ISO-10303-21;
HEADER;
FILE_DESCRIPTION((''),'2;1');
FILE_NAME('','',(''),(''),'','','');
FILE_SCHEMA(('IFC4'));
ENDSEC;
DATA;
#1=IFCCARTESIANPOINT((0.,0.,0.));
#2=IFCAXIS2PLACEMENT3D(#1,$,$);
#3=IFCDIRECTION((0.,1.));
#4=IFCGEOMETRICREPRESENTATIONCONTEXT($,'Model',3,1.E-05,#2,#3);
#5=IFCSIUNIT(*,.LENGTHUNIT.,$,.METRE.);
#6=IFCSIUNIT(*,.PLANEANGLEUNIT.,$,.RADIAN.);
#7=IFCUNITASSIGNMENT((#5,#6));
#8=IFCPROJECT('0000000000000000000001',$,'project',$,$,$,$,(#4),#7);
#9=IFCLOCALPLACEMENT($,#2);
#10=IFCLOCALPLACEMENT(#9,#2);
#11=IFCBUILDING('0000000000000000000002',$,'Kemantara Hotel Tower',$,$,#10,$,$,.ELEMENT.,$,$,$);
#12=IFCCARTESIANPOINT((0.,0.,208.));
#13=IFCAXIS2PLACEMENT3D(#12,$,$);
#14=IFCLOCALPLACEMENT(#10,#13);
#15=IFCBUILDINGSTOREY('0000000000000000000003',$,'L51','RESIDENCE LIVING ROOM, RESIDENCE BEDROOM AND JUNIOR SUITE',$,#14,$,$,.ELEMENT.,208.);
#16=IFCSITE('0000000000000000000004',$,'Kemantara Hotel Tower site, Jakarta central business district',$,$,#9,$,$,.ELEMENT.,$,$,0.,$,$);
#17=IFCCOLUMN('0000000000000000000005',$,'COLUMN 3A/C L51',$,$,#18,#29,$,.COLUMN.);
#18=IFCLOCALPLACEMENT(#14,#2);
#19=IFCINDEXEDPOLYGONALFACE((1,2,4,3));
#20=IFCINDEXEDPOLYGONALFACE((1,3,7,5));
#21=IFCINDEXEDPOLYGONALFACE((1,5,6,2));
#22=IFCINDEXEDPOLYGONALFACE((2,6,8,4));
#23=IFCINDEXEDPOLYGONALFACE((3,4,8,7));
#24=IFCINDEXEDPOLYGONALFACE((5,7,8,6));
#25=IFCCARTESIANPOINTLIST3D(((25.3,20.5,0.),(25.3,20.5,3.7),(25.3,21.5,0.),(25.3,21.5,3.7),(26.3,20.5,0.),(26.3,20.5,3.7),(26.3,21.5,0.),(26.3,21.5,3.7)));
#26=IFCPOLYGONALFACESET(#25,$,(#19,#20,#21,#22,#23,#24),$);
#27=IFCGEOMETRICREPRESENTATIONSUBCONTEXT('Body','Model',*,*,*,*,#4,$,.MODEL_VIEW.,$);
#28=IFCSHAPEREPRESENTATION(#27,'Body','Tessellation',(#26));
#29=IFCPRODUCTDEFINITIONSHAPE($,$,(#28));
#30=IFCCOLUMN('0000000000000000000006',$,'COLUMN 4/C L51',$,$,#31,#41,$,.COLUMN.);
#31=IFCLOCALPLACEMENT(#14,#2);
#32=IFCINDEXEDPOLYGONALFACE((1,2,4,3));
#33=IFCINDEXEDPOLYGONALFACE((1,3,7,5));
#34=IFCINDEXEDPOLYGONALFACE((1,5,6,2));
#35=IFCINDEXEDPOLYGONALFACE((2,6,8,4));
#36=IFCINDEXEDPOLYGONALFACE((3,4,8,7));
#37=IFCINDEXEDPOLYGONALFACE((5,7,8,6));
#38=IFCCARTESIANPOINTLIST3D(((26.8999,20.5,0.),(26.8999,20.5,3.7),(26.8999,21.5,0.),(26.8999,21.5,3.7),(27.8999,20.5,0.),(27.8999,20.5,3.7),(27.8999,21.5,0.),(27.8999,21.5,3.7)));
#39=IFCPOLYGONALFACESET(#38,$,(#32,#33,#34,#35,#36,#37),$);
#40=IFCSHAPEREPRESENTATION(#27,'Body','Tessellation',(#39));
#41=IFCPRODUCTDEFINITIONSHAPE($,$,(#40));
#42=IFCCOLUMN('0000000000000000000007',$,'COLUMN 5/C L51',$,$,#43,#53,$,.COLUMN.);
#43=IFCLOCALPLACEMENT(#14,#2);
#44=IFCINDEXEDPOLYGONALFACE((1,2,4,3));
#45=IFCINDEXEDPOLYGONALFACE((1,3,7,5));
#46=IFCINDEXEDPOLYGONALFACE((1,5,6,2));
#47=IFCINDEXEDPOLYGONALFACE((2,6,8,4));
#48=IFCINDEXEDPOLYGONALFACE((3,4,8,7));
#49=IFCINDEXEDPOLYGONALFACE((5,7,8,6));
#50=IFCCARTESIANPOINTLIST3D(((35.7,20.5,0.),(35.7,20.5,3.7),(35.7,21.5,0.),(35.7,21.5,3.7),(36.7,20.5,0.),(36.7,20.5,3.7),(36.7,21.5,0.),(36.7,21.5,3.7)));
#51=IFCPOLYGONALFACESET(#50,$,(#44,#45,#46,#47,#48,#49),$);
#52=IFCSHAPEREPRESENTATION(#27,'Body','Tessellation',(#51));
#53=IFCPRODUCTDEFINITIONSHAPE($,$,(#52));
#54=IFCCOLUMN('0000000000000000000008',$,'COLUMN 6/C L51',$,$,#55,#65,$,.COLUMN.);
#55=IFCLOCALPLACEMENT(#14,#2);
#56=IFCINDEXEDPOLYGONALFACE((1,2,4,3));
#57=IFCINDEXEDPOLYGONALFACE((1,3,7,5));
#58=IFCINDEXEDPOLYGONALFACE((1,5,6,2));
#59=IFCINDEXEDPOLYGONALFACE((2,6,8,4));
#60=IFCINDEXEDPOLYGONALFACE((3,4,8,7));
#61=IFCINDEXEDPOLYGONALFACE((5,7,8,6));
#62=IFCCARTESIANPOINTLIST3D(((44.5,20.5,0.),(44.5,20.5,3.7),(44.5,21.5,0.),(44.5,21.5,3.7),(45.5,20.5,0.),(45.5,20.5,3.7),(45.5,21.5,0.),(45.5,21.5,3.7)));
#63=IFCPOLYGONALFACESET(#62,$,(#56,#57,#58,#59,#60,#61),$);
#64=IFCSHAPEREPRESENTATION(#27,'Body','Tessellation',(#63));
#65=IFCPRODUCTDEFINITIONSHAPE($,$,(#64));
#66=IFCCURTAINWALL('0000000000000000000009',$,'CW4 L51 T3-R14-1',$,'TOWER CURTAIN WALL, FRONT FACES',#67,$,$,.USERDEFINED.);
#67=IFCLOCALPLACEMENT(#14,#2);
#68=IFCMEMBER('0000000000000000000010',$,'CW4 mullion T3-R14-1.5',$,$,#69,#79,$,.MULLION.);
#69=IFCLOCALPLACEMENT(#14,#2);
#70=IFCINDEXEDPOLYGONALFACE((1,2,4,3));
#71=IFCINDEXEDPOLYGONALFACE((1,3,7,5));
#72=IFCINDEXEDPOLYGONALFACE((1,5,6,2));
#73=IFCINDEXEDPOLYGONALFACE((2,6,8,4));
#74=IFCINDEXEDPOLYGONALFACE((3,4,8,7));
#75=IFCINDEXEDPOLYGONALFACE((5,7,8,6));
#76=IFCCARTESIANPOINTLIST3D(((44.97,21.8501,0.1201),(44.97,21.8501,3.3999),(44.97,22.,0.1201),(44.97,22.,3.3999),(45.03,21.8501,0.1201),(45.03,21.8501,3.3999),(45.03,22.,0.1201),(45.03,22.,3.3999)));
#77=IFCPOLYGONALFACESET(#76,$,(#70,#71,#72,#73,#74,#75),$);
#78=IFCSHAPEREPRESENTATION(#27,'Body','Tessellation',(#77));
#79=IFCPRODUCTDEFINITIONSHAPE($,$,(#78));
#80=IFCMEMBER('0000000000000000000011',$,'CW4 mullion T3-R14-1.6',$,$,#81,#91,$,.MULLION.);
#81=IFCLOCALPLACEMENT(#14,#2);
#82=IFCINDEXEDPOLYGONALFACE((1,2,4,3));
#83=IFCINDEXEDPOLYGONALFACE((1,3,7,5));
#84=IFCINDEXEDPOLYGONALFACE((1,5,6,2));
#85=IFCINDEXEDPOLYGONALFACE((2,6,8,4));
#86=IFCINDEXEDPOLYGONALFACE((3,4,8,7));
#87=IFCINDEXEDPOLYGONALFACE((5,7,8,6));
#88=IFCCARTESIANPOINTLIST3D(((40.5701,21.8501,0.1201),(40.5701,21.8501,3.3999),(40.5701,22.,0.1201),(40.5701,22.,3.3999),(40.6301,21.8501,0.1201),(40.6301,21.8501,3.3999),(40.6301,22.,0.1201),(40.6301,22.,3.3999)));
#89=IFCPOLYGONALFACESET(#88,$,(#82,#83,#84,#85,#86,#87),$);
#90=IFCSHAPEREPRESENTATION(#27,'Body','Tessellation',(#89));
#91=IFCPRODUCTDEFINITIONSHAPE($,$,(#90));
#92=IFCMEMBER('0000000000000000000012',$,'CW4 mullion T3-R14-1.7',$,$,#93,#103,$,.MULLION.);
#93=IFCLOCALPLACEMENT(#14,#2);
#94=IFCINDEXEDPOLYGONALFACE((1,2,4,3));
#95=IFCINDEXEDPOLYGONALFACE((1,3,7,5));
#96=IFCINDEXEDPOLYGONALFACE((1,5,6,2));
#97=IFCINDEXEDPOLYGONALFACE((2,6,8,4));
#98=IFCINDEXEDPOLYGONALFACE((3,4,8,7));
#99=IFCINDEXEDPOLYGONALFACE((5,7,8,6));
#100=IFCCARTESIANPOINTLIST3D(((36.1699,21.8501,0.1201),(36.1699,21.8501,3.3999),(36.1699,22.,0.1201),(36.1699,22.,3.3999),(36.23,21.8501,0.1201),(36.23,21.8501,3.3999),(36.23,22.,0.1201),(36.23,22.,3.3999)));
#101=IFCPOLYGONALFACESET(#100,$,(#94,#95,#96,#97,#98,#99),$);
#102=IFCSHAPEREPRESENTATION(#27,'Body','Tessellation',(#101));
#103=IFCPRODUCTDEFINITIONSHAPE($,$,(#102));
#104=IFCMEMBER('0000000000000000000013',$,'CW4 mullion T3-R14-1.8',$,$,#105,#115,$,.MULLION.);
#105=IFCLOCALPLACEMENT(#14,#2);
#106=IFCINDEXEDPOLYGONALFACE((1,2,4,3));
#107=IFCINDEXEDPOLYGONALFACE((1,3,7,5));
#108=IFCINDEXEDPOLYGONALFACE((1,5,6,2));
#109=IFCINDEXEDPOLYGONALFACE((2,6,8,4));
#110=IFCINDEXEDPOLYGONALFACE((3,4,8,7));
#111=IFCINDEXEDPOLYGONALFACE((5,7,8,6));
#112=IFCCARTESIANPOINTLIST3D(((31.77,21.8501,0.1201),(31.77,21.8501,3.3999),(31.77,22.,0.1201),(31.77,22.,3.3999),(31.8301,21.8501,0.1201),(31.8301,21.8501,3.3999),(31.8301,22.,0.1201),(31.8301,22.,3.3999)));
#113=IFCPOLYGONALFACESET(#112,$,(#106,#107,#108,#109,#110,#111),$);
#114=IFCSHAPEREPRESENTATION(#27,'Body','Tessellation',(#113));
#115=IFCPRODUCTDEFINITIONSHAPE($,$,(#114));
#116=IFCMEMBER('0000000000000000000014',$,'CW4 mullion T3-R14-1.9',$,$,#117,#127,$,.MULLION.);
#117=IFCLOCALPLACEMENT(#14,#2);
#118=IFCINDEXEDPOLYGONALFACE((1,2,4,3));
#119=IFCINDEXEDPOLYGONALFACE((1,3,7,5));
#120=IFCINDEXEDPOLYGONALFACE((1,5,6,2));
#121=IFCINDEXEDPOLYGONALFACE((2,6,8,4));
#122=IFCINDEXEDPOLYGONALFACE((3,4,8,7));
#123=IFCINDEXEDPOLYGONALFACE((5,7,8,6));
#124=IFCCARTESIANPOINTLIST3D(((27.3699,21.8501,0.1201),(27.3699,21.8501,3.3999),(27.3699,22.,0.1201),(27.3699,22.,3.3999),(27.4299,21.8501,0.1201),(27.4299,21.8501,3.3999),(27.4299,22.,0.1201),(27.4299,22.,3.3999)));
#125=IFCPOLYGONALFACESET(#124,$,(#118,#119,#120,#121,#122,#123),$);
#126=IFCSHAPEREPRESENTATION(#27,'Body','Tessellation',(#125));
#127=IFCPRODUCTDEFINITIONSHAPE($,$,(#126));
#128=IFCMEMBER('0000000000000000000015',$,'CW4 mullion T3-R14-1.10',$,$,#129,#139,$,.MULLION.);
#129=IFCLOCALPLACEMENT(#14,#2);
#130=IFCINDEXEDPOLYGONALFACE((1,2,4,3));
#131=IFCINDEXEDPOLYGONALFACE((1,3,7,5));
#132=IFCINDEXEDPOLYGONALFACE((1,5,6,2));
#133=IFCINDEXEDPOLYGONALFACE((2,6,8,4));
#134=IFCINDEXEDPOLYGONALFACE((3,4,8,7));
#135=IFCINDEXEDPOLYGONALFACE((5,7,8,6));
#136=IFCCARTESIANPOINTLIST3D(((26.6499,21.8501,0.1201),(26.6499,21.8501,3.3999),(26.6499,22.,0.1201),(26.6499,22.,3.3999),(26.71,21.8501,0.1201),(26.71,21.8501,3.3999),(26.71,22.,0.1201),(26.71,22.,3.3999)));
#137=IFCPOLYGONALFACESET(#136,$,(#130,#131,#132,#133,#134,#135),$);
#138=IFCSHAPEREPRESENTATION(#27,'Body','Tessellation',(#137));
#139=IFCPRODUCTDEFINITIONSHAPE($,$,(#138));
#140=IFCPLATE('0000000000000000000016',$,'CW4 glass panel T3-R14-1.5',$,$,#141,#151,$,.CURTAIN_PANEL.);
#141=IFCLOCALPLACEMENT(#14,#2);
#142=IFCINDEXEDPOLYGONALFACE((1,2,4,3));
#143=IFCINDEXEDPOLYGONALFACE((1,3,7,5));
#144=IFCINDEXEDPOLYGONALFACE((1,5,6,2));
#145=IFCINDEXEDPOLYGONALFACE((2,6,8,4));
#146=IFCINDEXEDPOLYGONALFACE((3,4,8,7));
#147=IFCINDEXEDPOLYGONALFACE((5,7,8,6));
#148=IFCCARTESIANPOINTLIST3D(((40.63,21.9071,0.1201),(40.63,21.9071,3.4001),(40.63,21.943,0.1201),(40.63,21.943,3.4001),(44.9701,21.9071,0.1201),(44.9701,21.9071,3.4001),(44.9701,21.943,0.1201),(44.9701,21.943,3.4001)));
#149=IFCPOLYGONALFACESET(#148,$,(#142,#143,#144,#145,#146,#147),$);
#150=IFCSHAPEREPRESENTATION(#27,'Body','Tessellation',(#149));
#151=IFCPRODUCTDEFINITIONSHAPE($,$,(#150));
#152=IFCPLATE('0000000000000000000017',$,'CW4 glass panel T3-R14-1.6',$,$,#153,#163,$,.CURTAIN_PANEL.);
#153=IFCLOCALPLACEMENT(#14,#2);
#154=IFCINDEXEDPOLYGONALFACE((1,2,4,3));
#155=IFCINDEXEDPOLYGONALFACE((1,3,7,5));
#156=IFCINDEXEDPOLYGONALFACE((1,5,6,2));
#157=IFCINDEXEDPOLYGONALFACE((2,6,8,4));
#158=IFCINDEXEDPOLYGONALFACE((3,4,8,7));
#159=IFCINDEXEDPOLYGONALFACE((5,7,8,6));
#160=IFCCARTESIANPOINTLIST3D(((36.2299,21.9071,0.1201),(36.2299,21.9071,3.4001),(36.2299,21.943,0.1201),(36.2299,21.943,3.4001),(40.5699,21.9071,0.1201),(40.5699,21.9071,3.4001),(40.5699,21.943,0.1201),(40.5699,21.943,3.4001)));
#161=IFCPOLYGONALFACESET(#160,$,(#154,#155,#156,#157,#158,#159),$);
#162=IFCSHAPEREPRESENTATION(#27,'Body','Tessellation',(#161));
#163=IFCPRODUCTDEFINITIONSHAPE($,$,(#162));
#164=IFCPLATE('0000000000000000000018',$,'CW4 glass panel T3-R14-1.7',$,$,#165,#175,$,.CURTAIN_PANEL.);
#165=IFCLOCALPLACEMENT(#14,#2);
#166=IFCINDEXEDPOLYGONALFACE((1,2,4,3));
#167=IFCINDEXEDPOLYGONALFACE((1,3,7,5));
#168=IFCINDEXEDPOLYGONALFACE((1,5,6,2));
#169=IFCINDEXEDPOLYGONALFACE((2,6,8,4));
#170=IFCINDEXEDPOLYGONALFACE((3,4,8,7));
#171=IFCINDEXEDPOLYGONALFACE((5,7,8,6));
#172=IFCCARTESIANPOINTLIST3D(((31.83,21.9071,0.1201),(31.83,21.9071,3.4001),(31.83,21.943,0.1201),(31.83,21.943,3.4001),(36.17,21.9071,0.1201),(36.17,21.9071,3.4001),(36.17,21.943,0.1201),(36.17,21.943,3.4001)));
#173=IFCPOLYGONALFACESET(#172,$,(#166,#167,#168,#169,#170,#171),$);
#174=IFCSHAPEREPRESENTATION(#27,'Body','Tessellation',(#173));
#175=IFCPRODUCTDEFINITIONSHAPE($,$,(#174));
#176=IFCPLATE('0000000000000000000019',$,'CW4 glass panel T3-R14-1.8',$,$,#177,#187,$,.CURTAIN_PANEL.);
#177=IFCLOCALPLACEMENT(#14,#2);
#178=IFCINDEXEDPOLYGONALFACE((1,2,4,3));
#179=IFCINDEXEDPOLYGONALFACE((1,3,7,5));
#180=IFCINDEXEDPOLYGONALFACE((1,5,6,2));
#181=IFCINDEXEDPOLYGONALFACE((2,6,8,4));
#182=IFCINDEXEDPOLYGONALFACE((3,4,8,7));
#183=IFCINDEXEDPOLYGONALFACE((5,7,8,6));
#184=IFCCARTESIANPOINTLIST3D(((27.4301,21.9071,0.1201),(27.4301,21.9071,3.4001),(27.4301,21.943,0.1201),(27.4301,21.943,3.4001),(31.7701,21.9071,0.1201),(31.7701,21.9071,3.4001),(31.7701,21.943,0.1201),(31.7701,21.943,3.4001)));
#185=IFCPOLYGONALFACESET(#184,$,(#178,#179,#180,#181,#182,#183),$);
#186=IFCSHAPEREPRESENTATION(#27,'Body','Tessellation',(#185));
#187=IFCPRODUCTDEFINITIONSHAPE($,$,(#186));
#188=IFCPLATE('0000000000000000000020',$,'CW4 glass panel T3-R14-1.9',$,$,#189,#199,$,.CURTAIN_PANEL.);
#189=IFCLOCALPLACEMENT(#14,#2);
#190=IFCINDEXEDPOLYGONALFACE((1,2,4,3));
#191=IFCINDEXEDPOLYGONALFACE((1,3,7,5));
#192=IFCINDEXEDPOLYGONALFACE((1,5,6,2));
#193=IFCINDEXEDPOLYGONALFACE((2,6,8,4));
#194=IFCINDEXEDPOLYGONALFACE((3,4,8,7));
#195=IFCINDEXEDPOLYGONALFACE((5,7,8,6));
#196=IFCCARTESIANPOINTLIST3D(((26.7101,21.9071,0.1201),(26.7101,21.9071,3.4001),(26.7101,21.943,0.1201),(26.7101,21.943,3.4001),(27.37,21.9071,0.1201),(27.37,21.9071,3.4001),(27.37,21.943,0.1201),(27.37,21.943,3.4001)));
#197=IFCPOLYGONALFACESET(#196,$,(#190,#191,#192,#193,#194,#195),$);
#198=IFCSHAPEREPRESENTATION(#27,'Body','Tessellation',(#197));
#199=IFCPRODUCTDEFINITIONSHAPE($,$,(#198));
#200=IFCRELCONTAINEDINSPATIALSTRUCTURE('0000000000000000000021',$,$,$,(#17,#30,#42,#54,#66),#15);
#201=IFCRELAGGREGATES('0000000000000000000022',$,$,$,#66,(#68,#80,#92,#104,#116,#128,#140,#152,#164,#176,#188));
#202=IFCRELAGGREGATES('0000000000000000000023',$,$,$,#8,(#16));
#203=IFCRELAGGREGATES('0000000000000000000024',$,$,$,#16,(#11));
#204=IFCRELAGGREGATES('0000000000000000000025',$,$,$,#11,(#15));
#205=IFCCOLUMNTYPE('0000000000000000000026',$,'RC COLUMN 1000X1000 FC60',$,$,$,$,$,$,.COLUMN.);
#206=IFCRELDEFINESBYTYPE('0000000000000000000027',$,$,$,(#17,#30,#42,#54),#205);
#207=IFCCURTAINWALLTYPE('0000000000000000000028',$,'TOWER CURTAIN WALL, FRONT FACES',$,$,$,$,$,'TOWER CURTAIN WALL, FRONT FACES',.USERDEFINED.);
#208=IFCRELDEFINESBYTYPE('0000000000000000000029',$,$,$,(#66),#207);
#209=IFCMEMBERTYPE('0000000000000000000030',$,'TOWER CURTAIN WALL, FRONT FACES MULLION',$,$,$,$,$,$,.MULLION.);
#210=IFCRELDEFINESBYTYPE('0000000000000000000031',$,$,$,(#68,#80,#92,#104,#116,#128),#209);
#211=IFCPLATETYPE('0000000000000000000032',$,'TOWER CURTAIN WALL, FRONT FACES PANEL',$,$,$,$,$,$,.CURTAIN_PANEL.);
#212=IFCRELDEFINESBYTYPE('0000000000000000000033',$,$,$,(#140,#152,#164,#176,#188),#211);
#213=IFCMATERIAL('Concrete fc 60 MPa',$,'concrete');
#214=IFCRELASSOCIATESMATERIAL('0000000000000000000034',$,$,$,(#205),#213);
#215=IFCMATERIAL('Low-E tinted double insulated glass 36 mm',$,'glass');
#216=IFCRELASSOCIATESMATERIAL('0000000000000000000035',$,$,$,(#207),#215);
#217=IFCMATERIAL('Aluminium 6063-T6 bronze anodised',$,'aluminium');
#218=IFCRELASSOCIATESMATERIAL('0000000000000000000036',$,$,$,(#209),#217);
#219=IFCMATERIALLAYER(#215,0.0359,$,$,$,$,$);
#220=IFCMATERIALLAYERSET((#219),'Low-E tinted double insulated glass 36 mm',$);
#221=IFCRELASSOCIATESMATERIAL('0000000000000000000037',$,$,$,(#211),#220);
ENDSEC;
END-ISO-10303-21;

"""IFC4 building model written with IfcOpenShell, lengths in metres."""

from ifc_helpers import new_model, si_unit, direction, frame, origin, origin_2d, place, context, subcontext, project, spatial, rectangle, extrude, source, transform, mapped, material, layer, layer_set, material_profile, profile_set, type_object, element, aggregate, save


model = new_model("IFC4")

# Units and contexts
model_context = context("Model", 3, precision=1e-05, world=origin(), true_north=direction((0.0, 1.0)))
body_context = subcontext(model_context, "Body", "Model", "MODEL_VIEW")
ifc_project = project(units=[si_unit("LENGTHUNIT", "METRE"), si_unit("PLANEANGLEUNIT", "RADIAN")], contexts=[model_context])

# Site, building, storey
site_placement = place(None, origin())
site = spatial("IfcSite", under=ifc_project, at=site_placement, Name="Kemantara Hotel Tower site, Jakarta central business district", CompositionType="ELEMENT", RefElevation=0.0)
building_placement = place(site_placement, origin())
building = spatial("IfcBuilding", under=site, at=building_placement, Name="Kemantara Hotel Tower", CompositionType="ELEMENT")
storey_placement = place(building_placement, frame((0.0, 0.0, 208.0)))
storey = spatial("IfcBuildingStorey", under=building, at=storey_placement, Name="L51", Description="RESIDENCE LIVING ROOM, RESIDENCE BEDROOM AND JUNIOR SUITE", CompositionType="ELEMENT", Elevation=208.0)

# Columns
ifc_material_1 = material(Name="Concrete fc 60 MPa", Category="concrete")
ifc_material_profile_1 = material_profile(ifc_material_1, rectangle(XDim=1.0, YDim=1.0, at=origin_2d()), Name="RC 1000X1000")
ifc_profile_set_1 = profile_set([ifc_material_profile_1], Name="Concrete fc 60 MPa")
column_type = type_object("IfcColumnType", Name="RC COLUMN 1000X1000 FC60", PredefinedType="COLUMN", material=ifc_profile_set_1)
for number, where, z_axis, x_axis, name in (
    (1, (25.8, 21.0, 0.0), (0.0, 0.0, 1.0), (1.0, 0.0, 0.0), "COLUMN 3A/C L51"),
    (2, (27.3999, 21.0, 0.0), (0.0, 0.0, 1.0), (1.0, 0.0, 0.0), "COLUMN 4/C L51"),
    (3, (36.2, 21.0, 0.0), (0.0, 0.0, 1.0), (1.0, 0.0, 0.0), "COLUMN 5/C L51"),
    (4, (45.0, 21.0, 0.0), (0.0, 0.0, 1.0), (1.0, 0.0, 0.0), "COLUMN 6/C L51"),
):
    element("IfcColumn", number, at=place(storey_placement, frame(where, z_axis=z_axis, x_axis=x_axis)), inside=storey, type_object=column_type, Name=name, PredefinedType="COLUMN", context=body_context, shape_type="SweptSolid", body=[
        extrude(rectangle(XDim=1.0, YDim=1.0, at=origin_2d()), origin(), (0.0, 0.0, 1.0), 3.7),
    ])

# Curtain wall, members, plates
ifc_material_2 = material(Name="Low-E tinted double insulated glass 36 mm", Category="glass")
curtain_wall_type = type_object("IfcCurtainWallType", Name="TOWER CURTAIN WALL, FRONT FACES", ElementType="TOWER CURTAIN WALL, FRONT FACES", PredefinedType="USERDEFINED", material=ifc_material_2)
curtain_wall_placement = place(storey_placement, origin())
curtain_wall = element("IfcCurtainWall", 5, at=curtain_wall_placement, inside=storey, type_object=curtain_wall_type, Name="CW4 L51 T3-R14-1", ObjectType="TOWER CURTAIN WALL, FRONT FACES", PredefinedType="USERDEFINED")
ifc_material_3 = material(Name="Aluminium 6063-T6 bronze anodised", Category="aluminium")
ifc_material_profile_2 = material_profile(ifc_material_3, rectangle(XDim=0.1499, YDim=0.0601, at=origin_2d()), Name="TOWER CURTAIN WALL, FRONT FACES MULLION")
ifc_profile_set_2 = profile_set([ifc_material_profile_2], Name="Aluminium 6063-T6 bronze anodised")
member_type = type_object("IfcMemberType", Name="TOWER CURTAIN WALL, FRONT FACES MULLION", PredefinedType="MULLION", material=ifc_profile_set_2)
shared_shape_1 = source(origin(), body_context, "Body", "SweptSolid", [
    extrude(rectangle(XDim=0.1499, YDim=0.0601, at=origin_2d()), origin(), (0.0, 0.0, 1.0), 3.2798),
])
member_1_placement = place(storey_placement, frame((45.0, 21.925, 0.1201), z_axis=(0.0, 0.0, 1.0), x_axis=(0.0, -1.0, 0.0)))
member_1 = element("IfcMember", 6, at=member_1_placement, type_object=member_type, Name="CW4 mullion T3-R14-1.5", PredefinedType="MULLION", context=body_context, shape_type="MappedRepresentation", body=[
    mapped(shared_shape_1, transform((0.0, 0.0, 0.0))),
])
member_2_placement = place(storey_placement, frame((40.6001, 21.925, 0.1201), z_axis=(0.0, 0.0, 1.0), x_axis=(0.0, -1.0, 0.0)))
member_2 = element("IfcMember", 7, at=member_2_placement, type_object=member_type, Name="CW4 mullion T3-R14-1.6", PredefinedType="MULLION", context=body_context, shape_type="MappedRepresentation", body=[
    mapped(shared_shape_1, transform((0.0, 0.0, 0.0))),
])
member_3_placement = place(storey_placement, frame((36.2, 21.925, 0.1201), z_axis=(0.0, 0.0, 1.0), x_axis=(0.0, -1.0, 0.0)))
member_3 = element("IfcMember", 8, at=member_3_placement, type_object=member_type, Name="CW4 mullion T3-R14-1.7", PredefinedType="MULLION", context=body_context, shape_type="MappedRepresentation", body=[
    mapped(shared_shape_1, transform((0.0, 0.0, 0.0))),
])
member_4_placement = place(storey_placement, frame((31.8, 21.925, 0.1201), z_axis=(0.0, 0.0, 1.0), x_axis=(0.0, -1.0, 0.0)))
member_4 = element("IfcMember", 9, at=member_4_placement, type_object=member_type, Name="CW4 mullion T3-R14-1.8", PredefinedType="MULLION", context=body_context, shape_type="MappedRepresentation", body=[
    mapped(shared_shape_1, transform((0.0, 0.0, 0.0))),
])
member_5_placement = place(storey_placement, frame((27.3999, 21.925, 0.1201), z_axis=(0.0, 0.0, 1.0), x_axis=(0.0, -1.0, 0.0)))
member_5 = element("IfcMember", 10, at=member_5_placement, type_object=member_type, Name="CW4 mullion T3-R14-1.9", PredefinedType="MULLION", context=body_context, shape_type="MappedRepresentation", body=[
    mapped(shared_shape_1, transform((0.0, 0.0, 0.0))),
])
member_6_placement = place(storey_placement, frame((26.6799, 21.925, 0.1201), z_axis=(0.0, 0.0, 1.0), x_axis=(0.0, -1.0, 0.0)))
member_6 = element("IfcMember", 11, at=member_6_placement, type_object=member_type, Name="CW4 mullion T3-R14-1.10", PredefinedType="MULLION", context=body_context, shape_type="MappedRepresentation", body=[
    mapped(shared_shape_1, transform((0.0, 0.0, 0.0))),
])
ifc_layer_1 = layer(ifc_material_2, 0.0359)
ifc_layer_set_1 = layer_set([ifc_layer_1], Name="Low-E tinted double insulated glass 36 mm")
plate_type = type_object("IfcPlateType", Name="TOWER CURTAIN WALL, FRONT FACES PANEL", PredefinedType="CURTAIN_PANEL", material=ifc_layer_set_1)
shared_shape_2 = source(origin(), body_context, "Body", "SweptSolid", [
    extrude(rectangle(XDim=4.3401, YDim=0.0359, at=origin_2d()), origin(), (0.0, 0.0, 1.0), 3.28),
])
plate_1_placement = place(storey_placement, frame((42.8, 21.925, 0.1201), z_axis=(0.0, 0.0, 1.0), x_axis=(-1.0, 0.0, 0.0)))
plate_1 = element("IfcPlate", 12, at=plate_1_placement, type_object=plate_type, Name="CW4 glass panel T3-R14-1.5", PredefinedType="CURTAIN_PANEL", context=body_context, shape_type="MappedRepresentation", body=[
    mapped(shared_shape_2, transform((0.0, 0.0, 0.0))),
])
plate_2_placement = place(storey_placement, frame((38.3999, 21.925, 0.1201), z_axis=(0.0, 0.0, 1.0), x_axis=(-1.0, 0.0, 0.0)))
plate_2 = element("IfcPlate", 13, at=plate_2_placement, type_object=plate_type, Name="CW4 glass panel T3-R14-1.6", PredefinedType="CURTAIN_PANEL", context=body_context, shape_type="MappedRepresentation", body=[
    mapped(shared_shape_2, transform((0.0, 0.0, 0.0))),
])
plate_3_placement = place(storey_placement, frame((34.0, 21.925, 0.1201), z_axis=(0.0, 0.0, 1.0), x_axis=(-1.0, 0.0, 0.0)))
plate_3 = element("IfcPlate", 14, at=plate_3_placement, type_object=plate_type, Name="CW4 glass panel T3-R14-1.7", PredefinedType="CURTAIN_PANEL", context=body_context, shape_type="MappedRepresentation", body=[
    mapped(shared_shape_2, transform((0.0, 0.0, 0.0))),
])
plate_4_placement = place(storey_placement, frame((29.6001, 21.925, 0.1201), z_axis=(0.0, 0.0, 1.0), x_axis=(-1.0, 0.0, 0.0)))
plate_4 = element("IfcPlate", 15, at=plate_4_placement, type_object=plate_type, Name="CW4 glass panel T3-R14-1.8", PredefinedType="CURTAIN_PANEL", context=body_context, shape_type="MappedRepresentation", body=[
    mapped(shared_shape_2, transform((0.0, 0.0, 0.0))),
])
shared_shape_3 = source(origin(), body_context, "Body", "SweptSolid", [
    extrude(rectangle(XDim=0.6599, YDim=0.0359, at=origin_2d()), origin(), (0.0, 0.0, 1.0), 3.28),
])
plate_5_placement = place(storey_placement, frame((27.04, 21.925, 0.1201), z_axis=(0.0, 0.0, 1.0), x_axis=(-1.0, 0.0, 0.0)))
plate_5 = element("IfcPlate", 16, at=plate_5_placement, type_object=plate_type, Name="CW4 glass panel T3-R14-1.9", PredefinedType="CURTAIN_PANEL", context=body_context, shape_type="MappedRepresentation", body=[
    mapped(shared_shape_3, transform((0.0, 0.0, 0.0))),
])
aggregate(curtain_wall, [member_1, member_2, member_3, member_4, member_5, member_6, plate_1, plate_2, plate_3, plate_4, plate_5])

save(model, "model.ifc")
